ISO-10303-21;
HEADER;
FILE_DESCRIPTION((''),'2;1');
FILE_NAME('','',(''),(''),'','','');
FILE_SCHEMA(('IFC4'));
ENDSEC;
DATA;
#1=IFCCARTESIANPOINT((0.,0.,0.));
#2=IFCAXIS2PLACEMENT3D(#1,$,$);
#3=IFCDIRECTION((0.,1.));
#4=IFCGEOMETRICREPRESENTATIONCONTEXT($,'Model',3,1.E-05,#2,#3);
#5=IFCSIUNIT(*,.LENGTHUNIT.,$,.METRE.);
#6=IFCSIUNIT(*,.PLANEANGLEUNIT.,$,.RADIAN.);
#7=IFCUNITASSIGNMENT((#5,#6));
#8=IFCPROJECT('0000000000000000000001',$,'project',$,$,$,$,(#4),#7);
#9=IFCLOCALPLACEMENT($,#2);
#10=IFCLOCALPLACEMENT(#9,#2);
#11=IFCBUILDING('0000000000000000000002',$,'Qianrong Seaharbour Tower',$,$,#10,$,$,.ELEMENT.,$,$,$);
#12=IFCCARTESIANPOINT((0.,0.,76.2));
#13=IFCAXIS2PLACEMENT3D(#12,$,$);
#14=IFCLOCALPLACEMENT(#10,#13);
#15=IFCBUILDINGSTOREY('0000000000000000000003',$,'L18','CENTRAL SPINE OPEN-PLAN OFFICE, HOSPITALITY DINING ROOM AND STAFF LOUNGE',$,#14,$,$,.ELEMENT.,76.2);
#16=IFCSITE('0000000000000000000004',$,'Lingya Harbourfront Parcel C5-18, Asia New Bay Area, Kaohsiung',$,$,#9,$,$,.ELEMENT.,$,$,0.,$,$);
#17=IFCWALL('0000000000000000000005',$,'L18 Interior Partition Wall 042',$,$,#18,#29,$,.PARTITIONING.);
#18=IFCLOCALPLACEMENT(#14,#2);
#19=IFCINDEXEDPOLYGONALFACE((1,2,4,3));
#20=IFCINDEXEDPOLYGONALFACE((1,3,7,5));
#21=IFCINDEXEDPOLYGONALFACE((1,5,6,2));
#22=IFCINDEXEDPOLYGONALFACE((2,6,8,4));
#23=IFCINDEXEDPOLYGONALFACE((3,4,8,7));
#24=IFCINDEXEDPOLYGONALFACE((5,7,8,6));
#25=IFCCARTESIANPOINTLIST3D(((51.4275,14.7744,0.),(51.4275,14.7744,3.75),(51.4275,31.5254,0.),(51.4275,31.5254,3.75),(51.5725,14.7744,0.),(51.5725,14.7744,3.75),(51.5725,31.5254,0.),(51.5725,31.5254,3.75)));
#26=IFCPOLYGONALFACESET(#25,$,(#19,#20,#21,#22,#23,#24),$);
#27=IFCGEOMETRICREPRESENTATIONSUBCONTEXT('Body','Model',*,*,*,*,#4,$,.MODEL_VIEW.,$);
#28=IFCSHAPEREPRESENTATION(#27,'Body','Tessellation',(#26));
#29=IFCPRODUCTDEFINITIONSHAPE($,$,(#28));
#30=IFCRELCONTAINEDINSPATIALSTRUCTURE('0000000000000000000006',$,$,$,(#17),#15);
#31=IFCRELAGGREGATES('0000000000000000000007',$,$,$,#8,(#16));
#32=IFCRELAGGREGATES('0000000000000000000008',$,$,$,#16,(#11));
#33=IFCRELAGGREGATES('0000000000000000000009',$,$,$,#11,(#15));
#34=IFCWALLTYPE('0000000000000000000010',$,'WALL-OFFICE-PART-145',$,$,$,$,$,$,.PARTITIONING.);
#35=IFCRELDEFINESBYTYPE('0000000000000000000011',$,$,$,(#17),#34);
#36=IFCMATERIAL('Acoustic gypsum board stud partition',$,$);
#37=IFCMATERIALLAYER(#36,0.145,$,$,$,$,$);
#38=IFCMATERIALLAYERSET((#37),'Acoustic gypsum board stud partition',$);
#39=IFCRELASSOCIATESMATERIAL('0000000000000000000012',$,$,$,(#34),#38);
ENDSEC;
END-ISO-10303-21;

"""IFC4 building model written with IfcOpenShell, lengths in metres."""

from ifc_helpers import new_model, si_unit, direction, frame, frame_2d, origin, place, context, subcontext, project, spatial, rectangle, extrude, material, layer, layer_set, type_object, element, save


model = new_model("IFC4")

# Units and contexts
model_context = context("Model", 3, precision=1e-05, world=origin(), true_north=direction((0.0, 1.0)))
body_context = subcontext(model_context, "Body", "Model", "MODEL_VIEW")
ifc_project = project(units=[si_unit("LENGTHUNIT", "METRE"), si_unit("PLANEANGLEUNIT", "RADIAN")], contexts=[model_context])

# Site, building, storey
site_placement = place(None, origin())
site = spatial("IfcSite", under=ifc_project, at=site_placement, Name="Lingya Harbourfront Parcel C5-18, Asia New Bay Area, Kaohsiung", CompositionType="ELEMENT", RefElevation=0.0)
building_placement = place(site_placement, origin())
building = spatial("IfcBuilding", under=site, at=building_placement, Name="Qianrong Seaharbour Tower", CompositionType="ELEMENT")
storey_placement = place(building_placement, frame((0.0, 0.0, 76.2)))
storey = spatial("IfcBuildingStorey", under=building, at=storey_placement, Name="L18", Description="CENTRAL SPINE OPEN-PLAN OFFICE, HOSPITALITY DINING ROOM AND STAFF LOUNGE", CompositionType="ELEMENT", Elevation=76.2)

# Wall
ifc_material_1 = material(Name="Acoustic gypsum board stud partition")
ifc_layer_1 = layer(ifc_material_1, 0.145)
ifc_layer_set_1 = layer_set([ifc_layer_1], Name="Acoustic gypsum board stud partition")
wall_type_1 = type_object("IfcWallType", Name="WALL-OFFICE-PART-145", PredefinedType="PARTITIONING", material=ifc_layer_set_1)
wall_1_placement = place(storey_placement, frame((51.5, 31.5254, 0.0), z_axis=(0.0, 0.0, 1.0), x_axis=(0.0, -1.0, 0.0)))
element("IfcWall", 1, at=wall_1_placement, inside=storey, type_object=wall_type_1, Name="L18 Interior Partition Wall 042", PredefinedType="PARTITIONING", context=body_context, shape_type="SweptSolid", body=[
    extrude(rectangle(XDim=16.751, YDim=0.145, at=frame_2d((8.3755, 0.0))), origin(), (0.0, 0.0, 1.0), 3.75),
])

save(model, "model.ifc")
